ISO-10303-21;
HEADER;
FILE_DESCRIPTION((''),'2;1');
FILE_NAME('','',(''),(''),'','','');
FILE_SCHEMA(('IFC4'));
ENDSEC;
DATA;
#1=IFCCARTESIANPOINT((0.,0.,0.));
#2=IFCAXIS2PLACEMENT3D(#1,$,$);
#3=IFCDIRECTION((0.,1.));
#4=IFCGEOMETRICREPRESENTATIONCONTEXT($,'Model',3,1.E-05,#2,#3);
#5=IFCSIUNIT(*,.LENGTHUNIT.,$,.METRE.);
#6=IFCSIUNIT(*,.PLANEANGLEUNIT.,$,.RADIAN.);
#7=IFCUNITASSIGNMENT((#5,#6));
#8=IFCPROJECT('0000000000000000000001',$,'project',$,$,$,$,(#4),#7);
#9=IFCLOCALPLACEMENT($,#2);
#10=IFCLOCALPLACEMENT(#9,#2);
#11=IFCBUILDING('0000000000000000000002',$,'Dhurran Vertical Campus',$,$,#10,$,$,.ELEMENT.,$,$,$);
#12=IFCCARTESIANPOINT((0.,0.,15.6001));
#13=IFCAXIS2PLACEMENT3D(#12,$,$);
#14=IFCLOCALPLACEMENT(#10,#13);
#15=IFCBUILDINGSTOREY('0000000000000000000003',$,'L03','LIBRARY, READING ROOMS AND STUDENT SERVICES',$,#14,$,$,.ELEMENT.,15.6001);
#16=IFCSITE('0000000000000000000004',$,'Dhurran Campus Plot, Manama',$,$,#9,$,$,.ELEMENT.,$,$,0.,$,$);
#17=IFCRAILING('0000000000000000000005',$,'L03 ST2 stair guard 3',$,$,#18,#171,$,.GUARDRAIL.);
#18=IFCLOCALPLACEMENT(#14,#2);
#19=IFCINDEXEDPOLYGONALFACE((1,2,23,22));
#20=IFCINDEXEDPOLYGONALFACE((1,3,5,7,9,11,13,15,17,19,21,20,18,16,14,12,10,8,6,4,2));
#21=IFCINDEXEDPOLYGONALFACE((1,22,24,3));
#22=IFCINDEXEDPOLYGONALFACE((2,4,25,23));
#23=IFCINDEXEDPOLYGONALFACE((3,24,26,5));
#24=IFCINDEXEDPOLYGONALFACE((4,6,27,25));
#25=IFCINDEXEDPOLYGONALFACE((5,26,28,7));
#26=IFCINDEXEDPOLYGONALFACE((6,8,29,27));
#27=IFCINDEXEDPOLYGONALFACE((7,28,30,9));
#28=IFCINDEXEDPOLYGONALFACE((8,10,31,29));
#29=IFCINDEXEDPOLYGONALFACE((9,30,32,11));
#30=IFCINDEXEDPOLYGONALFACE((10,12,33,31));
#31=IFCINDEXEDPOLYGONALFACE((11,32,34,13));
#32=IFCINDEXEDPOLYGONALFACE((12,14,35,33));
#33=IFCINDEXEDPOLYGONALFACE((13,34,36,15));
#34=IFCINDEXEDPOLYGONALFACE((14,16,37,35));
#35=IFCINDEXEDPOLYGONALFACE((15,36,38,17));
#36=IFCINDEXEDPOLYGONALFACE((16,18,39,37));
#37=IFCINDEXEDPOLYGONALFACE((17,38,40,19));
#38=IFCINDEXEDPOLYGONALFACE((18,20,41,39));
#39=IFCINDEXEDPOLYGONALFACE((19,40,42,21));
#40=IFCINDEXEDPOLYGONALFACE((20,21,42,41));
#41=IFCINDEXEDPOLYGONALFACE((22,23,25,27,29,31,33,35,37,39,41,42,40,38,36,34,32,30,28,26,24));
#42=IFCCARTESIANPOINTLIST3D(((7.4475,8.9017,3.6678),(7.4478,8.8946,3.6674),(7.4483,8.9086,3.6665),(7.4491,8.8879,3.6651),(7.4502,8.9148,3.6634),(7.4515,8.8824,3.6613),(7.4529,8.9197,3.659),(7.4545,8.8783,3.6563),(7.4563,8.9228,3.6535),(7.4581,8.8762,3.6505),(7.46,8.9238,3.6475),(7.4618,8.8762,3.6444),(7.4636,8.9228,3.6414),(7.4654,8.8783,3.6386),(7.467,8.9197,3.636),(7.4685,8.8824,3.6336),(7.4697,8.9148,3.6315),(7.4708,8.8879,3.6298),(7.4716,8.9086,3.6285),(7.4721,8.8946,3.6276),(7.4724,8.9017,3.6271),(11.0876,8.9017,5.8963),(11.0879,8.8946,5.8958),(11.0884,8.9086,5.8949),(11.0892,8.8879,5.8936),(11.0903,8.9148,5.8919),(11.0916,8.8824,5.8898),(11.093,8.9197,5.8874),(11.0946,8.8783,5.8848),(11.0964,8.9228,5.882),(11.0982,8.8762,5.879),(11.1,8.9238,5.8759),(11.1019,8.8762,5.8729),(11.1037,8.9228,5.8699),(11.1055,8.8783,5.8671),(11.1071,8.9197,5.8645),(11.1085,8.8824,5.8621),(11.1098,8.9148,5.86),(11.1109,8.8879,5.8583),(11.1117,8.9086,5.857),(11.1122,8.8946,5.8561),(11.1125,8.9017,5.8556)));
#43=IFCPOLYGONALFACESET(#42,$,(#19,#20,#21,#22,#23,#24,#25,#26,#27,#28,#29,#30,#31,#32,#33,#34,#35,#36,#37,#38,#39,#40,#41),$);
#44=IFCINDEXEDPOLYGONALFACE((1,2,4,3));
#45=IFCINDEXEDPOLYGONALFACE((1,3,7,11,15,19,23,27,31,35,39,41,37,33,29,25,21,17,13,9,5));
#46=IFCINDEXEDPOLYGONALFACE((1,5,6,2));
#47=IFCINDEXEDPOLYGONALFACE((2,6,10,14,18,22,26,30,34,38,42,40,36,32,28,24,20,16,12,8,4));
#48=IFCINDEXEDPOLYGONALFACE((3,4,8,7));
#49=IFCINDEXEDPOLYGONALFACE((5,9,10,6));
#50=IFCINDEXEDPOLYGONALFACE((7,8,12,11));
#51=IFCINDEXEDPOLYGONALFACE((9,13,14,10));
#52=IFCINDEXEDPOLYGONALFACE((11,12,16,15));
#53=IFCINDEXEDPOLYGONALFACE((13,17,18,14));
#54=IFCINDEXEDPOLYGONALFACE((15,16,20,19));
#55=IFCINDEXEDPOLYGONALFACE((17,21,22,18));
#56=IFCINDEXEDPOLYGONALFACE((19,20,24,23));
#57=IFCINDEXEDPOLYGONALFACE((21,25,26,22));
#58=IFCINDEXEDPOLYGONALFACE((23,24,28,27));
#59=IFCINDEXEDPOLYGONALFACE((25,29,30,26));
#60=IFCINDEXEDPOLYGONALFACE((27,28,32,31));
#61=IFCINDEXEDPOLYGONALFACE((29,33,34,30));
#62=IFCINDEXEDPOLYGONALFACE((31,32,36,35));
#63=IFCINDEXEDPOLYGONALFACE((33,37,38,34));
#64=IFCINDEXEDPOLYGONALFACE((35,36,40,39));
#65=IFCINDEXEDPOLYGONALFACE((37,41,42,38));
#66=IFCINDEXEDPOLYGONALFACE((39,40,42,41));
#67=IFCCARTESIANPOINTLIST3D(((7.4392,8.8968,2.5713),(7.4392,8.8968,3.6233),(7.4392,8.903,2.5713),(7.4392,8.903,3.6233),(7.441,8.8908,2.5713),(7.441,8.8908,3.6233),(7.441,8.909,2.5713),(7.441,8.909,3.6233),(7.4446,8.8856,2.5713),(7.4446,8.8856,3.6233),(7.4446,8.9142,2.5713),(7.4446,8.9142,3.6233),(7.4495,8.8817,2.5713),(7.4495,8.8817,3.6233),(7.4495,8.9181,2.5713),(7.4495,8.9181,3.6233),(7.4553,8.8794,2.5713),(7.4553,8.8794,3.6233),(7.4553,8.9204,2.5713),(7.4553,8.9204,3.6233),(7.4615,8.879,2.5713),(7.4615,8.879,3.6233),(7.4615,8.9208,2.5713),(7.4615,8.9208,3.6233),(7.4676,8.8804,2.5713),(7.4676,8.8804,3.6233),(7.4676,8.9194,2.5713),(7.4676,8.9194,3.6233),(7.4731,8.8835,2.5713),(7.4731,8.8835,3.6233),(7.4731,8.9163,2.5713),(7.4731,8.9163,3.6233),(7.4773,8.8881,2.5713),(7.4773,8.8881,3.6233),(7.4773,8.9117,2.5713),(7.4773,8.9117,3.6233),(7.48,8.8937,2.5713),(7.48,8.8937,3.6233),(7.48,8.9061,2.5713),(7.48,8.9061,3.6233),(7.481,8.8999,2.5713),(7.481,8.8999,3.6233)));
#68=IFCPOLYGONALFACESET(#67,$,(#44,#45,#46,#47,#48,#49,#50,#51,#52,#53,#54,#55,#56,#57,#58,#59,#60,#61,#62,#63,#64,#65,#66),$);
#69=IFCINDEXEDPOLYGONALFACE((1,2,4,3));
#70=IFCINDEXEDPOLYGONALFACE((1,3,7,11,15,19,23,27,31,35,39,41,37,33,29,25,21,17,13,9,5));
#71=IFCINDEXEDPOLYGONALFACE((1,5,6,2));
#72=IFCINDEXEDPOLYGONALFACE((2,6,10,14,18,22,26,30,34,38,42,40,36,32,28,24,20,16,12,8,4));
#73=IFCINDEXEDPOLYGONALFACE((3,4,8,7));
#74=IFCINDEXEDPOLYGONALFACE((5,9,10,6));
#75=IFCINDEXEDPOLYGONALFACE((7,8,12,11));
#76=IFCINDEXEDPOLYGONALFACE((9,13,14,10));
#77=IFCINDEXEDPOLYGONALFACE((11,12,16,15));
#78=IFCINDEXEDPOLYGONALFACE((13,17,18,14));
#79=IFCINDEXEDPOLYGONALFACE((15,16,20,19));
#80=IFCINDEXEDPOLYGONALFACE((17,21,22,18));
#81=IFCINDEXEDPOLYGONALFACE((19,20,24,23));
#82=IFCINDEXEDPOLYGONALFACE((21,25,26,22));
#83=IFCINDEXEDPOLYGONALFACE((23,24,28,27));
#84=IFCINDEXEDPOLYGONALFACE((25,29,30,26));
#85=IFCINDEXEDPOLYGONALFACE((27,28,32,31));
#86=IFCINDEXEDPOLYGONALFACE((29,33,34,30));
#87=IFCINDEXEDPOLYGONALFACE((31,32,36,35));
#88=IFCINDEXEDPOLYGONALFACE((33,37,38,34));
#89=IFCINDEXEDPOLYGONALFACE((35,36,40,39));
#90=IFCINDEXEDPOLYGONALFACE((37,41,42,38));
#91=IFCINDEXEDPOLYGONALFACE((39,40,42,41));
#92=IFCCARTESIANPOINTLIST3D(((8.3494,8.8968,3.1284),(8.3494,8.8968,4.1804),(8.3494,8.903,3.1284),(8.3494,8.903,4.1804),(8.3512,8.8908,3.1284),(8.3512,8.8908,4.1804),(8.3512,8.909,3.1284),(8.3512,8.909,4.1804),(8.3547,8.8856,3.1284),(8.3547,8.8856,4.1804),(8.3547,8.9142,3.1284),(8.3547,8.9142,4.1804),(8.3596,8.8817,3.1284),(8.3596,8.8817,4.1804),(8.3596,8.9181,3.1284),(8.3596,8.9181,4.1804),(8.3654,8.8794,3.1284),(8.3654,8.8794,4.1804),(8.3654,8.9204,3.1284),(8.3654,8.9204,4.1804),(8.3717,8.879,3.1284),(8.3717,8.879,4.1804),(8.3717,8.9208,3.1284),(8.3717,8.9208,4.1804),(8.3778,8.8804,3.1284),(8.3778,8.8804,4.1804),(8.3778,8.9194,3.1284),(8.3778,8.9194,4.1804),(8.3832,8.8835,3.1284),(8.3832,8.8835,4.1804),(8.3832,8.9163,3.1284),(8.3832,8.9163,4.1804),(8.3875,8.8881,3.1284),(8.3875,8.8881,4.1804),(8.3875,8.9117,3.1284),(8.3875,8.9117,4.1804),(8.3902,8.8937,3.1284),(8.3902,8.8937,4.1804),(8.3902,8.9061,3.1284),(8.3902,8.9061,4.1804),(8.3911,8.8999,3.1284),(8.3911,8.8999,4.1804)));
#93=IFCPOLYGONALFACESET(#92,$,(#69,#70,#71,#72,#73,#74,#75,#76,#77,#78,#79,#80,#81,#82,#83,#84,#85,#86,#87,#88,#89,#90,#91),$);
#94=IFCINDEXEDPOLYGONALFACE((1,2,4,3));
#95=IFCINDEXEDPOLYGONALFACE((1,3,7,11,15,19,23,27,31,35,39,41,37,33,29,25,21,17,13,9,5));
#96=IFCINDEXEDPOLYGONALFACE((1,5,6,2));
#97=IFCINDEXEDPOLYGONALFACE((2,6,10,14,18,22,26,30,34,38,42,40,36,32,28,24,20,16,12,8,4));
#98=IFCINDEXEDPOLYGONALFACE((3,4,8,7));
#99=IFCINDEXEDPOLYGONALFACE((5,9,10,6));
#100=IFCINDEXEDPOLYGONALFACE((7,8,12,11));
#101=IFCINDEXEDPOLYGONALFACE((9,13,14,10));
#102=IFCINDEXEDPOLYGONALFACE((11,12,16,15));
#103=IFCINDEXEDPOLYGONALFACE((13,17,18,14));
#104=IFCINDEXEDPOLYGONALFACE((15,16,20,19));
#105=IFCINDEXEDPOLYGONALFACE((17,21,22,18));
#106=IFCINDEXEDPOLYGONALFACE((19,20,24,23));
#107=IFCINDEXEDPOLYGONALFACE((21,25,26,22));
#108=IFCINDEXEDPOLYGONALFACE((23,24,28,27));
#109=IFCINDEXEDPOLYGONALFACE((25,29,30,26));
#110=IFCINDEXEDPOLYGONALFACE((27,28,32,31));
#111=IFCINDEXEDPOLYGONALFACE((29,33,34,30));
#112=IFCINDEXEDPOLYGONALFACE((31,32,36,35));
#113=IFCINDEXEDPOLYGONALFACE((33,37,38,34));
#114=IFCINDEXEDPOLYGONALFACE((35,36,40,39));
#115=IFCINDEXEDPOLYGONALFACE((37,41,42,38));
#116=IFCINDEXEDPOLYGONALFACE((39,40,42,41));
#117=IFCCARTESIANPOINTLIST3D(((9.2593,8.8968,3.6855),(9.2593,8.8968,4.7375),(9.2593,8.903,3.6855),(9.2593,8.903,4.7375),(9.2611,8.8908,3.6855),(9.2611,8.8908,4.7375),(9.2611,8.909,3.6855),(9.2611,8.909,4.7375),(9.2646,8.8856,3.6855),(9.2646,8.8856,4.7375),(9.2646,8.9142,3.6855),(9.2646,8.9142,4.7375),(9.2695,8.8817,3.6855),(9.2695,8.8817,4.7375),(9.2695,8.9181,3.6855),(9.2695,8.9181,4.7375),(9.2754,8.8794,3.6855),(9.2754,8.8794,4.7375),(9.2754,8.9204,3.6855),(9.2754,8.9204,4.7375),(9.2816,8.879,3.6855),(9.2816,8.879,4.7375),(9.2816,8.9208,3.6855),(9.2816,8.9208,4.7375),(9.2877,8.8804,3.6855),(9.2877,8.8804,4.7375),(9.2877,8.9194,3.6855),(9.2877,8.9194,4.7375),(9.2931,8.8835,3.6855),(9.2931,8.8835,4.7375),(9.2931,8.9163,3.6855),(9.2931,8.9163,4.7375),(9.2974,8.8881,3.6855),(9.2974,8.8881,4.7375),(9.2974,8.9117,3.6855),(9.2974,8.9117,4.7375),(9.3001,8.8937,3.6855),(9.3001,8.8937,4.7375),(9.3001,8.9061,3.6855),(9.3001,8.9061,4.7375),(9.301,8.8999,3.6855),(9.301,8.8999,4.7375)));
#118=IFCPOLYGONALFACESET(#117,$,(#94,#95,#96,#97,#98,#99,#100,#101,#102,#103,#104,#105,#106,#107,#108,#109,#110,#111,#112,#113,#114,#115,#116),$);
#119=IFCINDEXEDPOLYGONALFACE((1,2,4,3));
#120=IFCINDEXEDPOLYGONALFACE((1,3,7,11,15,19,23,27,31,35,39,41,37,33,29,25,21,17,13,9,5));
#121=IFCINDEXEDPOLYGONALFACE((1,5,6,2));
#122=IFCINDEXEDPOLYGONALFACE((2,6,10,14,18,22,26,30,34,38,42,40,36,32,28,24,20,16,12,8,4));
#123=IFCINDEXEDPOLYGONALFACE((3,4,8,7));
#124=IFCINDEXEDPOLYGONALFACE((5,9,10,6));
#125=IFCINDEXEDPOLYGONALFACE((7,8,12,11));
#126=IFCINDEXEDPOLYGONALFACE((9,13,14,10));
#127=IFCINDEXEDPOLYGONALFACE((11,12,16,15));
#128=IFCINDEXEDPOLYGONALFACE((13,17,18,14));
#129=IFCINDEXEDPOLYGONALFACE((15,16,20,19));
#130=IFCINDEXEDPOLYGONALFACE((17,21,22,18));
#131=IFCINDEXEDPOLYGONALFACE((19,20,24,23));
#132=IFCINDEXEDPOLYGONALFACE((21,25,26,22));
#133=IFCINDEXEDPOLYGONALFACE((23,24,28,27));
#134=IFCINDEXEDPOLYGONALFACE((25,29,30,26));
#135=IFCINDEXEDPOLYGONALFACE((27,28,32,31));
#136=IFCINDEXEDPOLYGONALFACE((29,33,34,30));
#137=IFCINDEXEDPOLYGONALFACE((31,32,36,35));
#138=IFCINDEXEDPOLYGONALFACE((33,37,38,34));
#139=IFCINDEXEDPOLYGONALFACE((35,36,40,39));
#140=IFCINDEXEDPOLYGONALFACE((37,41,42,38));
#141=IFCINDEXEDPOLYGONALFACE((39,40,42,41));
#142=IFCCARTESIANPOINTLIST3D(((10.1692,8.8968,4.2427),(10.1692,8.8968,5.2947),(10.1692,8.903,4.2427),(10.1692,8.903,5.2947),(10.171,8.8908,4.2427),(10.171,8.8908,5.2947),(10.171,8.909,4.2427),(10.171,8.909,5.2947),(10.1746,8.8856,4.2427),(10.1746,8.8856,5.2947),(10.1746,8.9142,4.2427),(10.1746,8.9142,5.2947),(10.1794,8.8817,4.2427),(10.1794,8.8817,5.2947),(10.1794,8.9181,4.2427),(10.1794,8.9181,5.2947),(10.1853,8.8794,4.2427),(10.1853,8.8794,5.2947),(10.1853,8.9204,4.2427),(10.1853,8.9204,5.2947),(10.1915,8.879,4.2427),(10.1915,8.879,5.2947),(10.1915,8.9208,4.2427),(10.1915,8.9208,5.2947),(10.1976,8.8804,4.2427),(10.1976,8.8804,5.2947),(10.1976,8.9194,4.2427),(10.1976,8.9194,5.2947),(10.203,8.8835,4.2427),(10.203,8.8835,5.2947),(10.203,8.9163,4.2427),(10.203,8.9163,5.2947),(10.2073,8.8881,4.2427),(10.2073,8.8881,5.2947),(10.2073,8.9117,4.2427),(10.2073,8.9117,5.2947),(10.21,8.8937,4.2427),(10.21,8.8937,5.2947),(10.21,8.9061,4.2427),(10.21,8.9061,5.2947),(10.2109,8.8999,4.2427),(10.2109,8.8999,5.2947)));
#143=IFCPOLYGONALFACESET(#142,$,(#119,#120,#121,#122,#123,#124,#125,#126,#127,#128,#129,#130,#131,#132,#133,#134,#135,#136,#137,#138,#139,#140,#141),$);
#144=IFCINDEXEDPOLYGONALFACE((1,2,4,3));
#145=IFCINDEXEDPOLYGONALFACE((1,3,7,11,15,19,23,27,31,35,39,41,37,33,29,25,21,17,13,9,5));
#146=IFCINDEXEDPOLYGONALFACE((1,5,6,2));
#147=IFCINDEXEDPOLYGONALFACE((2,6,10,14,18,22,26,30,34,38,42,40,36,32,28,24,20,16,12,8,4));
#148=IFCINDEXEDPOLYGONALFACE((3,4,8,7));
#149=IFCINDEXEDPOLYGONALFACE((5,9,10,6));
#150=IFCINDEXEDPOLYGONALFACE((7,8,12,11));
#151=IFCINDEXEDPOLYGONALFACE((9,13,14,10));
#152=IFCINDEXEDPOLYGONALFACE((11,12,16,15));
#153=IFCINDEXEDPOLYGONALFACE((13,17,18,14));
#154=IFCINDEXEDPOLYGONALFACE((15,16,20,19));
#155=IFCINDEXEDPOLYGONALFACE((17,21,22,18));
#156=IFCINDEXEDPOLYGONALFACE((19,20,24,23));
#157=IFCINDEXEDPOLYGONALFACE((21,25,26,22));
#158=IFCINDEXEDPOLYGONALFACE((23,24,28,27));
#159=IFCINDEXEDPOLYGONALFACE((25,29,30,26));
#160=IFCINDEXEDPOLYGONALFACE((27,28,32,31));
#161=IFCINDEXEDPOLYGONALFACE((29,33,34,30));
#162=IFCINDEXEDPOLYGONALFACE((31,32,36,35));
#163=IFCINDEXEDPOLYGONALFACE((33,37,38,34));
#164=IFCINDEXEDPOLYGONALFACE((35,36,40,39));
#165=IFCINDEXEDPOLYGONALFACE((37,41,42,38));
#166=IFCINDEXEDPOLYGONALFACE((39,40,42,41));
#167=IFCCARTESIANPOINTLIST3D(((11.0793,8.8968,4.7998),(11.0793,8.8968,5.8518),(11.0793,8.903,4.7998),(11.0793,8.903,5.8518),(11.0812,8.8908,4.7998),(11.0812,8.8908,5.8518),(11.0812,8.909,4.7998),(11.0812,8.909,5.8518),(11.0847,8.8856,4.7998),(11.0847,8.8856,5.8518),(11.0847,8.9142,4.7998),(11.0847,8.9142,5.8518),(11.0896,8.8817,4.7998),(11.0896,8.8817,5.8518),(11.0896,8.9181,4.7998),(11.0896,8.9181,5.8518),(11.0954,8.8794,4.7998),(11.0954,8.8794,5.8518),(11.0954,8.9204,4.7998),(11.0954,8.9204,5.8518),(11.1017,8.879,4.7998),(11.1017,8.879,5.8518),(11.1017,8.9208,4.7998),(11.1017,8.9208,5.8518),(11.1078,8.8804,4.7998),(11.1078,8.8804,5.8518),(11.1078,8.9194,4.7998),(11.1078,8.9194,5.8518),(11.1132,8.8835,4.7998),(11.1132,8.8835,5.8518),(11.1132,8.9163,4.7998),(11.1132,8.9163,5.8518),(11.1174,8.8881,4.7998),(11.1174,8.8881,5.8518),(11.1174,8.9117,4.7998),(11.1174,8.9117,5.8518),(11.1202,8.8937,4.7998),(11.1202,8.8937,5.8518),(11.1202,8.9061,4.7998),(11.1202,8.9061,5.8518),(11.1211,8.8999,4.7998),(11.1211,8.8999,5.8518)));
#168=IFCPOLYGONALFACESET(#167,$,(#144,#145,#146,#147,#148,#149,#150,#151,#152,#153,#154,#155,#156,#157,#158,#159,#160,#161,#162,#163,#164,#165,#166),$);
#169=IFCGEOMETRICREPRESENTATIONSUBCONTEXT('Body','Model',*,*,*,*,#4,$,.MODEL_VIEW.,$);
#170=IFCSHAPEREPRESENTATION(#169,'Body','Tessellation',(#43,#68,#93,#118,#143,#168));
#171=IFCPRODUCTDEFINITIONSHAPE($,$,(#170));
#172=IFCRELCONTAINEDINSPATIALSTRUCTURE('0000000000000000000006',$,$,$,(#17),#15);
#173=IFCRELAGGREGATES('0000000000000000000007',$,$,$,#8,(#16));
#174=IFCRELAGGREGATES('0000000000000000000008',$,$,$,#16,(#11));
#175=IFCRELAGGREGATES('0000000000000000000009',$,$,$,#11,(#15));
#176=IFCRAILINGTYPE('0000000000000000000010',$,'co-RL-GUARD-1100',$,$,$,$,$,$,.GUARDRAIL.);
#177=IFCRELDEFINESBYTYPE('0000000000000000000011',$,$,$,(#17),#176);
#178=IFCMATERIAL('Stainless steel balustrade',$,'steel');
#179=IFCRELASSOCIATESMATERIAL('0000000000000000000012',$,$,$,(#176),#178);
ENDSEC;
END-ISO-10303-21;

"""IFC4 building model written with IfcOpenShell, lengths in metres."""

from ifc_helpers import new_model, si_unit, direction, frame, origin, origin_2d, place, context, subcontext, project, spatial, circle, extrude, material, type_object, element, save


model = new_model("IFC4")

# Units and contexts
model_context = context("Model", 3, precision=1e-05, world=origin(), true_north=direction((0.0, 1.0)))
body_context = subcontext(model_context, "Body", "Model", "MODEL_VIEW")
ifc_project = project(units=[si_unit("LENGTHUNIT", "METRE"), si_unit("PLANEANGLEUNIT", "RADIAN")], contexts=[model_context])

# Site, building, storey
site_placement = place(None, origin())
site = spatial("IfcSite", under=ifc_project, at=site_placement, Name="Dhurran Campus Plot, Manama", CompositionType="ELEMENT", RefElevation=0.0)
building_placement = place(site_placement, origin())
building = spatial("IfcBuilding", under=site, at=building_placement, Name="Dhurran Vertical Campus", CompositionType="ELEMENT")
storey_placement = place(building_placement, frame((0.0, 0.0, 15.6001)))
storey = spatial("IfcBuildingStorey", under=building, at=storey_placement, Name="L03", Description="LIBRARY, READING ROOMS AND STUDENT SERVICES", CompositionType="ELEMENT", Elevation=15.6001)

# Railing
ifc_material_1 = material(Name="Stainless steel balustrade", Category="steel")
railing_type_1 = type_object("IfcRailingType", Name="co-RL-GUARD-1100", PredefinedType="GUARDRAIL", material=ifc_material_1)
railing_1_placement = place(storey_placement, frame((7.46, 8.8999, 2.5713)))
element("IfcRailing", 1, at=railing_1_placement, inside=storey, type_object=railing_type_1, Name="L03 ST2 stair guard 3", PredefinedType="GUARDRAIL", context=body_context, shape_type="SweptSolid", body=[
    extrude(circle(Radius=0.0239, at=origin_2d()), frame((0.0, 0.0, 1.0762), z_axis=(0.852866, 0.0, 0.52213), x_axis=(0.0, 1.0, 0.0)), (0.0, 0.0, 1.0), 4.2681),
    extrude(circle(Radius=0.021, at=origin_2d()), origin(), (0.0, 0.0, 1.0), 1.052),
    extrude(circle(Radius=0.021, at=origin_2d()), frame((0.9102, 0.0, 0.5571)), (0.0, 0.0, 1.0), 1.052),
    extrude(circle(Radius=0.021, at=origin_2d()), frame((1.8201, 0.0, 1.1143)), (0.0, 0.0, 1.0), 1.052),
    extrude(circle(Radius=0.021, at=origin_2d()), frame((2.73, 0.0, 1.6714)), (0.0, 0.0, 1.0), 1.052),
    extrude(circle(Radius=0.021, at=origin_2d()), frame((3.6401, 0.0, 2.2285)), (0.0, 0.0, 1.0), 1.052),
])

save(model, "model.ifc")
